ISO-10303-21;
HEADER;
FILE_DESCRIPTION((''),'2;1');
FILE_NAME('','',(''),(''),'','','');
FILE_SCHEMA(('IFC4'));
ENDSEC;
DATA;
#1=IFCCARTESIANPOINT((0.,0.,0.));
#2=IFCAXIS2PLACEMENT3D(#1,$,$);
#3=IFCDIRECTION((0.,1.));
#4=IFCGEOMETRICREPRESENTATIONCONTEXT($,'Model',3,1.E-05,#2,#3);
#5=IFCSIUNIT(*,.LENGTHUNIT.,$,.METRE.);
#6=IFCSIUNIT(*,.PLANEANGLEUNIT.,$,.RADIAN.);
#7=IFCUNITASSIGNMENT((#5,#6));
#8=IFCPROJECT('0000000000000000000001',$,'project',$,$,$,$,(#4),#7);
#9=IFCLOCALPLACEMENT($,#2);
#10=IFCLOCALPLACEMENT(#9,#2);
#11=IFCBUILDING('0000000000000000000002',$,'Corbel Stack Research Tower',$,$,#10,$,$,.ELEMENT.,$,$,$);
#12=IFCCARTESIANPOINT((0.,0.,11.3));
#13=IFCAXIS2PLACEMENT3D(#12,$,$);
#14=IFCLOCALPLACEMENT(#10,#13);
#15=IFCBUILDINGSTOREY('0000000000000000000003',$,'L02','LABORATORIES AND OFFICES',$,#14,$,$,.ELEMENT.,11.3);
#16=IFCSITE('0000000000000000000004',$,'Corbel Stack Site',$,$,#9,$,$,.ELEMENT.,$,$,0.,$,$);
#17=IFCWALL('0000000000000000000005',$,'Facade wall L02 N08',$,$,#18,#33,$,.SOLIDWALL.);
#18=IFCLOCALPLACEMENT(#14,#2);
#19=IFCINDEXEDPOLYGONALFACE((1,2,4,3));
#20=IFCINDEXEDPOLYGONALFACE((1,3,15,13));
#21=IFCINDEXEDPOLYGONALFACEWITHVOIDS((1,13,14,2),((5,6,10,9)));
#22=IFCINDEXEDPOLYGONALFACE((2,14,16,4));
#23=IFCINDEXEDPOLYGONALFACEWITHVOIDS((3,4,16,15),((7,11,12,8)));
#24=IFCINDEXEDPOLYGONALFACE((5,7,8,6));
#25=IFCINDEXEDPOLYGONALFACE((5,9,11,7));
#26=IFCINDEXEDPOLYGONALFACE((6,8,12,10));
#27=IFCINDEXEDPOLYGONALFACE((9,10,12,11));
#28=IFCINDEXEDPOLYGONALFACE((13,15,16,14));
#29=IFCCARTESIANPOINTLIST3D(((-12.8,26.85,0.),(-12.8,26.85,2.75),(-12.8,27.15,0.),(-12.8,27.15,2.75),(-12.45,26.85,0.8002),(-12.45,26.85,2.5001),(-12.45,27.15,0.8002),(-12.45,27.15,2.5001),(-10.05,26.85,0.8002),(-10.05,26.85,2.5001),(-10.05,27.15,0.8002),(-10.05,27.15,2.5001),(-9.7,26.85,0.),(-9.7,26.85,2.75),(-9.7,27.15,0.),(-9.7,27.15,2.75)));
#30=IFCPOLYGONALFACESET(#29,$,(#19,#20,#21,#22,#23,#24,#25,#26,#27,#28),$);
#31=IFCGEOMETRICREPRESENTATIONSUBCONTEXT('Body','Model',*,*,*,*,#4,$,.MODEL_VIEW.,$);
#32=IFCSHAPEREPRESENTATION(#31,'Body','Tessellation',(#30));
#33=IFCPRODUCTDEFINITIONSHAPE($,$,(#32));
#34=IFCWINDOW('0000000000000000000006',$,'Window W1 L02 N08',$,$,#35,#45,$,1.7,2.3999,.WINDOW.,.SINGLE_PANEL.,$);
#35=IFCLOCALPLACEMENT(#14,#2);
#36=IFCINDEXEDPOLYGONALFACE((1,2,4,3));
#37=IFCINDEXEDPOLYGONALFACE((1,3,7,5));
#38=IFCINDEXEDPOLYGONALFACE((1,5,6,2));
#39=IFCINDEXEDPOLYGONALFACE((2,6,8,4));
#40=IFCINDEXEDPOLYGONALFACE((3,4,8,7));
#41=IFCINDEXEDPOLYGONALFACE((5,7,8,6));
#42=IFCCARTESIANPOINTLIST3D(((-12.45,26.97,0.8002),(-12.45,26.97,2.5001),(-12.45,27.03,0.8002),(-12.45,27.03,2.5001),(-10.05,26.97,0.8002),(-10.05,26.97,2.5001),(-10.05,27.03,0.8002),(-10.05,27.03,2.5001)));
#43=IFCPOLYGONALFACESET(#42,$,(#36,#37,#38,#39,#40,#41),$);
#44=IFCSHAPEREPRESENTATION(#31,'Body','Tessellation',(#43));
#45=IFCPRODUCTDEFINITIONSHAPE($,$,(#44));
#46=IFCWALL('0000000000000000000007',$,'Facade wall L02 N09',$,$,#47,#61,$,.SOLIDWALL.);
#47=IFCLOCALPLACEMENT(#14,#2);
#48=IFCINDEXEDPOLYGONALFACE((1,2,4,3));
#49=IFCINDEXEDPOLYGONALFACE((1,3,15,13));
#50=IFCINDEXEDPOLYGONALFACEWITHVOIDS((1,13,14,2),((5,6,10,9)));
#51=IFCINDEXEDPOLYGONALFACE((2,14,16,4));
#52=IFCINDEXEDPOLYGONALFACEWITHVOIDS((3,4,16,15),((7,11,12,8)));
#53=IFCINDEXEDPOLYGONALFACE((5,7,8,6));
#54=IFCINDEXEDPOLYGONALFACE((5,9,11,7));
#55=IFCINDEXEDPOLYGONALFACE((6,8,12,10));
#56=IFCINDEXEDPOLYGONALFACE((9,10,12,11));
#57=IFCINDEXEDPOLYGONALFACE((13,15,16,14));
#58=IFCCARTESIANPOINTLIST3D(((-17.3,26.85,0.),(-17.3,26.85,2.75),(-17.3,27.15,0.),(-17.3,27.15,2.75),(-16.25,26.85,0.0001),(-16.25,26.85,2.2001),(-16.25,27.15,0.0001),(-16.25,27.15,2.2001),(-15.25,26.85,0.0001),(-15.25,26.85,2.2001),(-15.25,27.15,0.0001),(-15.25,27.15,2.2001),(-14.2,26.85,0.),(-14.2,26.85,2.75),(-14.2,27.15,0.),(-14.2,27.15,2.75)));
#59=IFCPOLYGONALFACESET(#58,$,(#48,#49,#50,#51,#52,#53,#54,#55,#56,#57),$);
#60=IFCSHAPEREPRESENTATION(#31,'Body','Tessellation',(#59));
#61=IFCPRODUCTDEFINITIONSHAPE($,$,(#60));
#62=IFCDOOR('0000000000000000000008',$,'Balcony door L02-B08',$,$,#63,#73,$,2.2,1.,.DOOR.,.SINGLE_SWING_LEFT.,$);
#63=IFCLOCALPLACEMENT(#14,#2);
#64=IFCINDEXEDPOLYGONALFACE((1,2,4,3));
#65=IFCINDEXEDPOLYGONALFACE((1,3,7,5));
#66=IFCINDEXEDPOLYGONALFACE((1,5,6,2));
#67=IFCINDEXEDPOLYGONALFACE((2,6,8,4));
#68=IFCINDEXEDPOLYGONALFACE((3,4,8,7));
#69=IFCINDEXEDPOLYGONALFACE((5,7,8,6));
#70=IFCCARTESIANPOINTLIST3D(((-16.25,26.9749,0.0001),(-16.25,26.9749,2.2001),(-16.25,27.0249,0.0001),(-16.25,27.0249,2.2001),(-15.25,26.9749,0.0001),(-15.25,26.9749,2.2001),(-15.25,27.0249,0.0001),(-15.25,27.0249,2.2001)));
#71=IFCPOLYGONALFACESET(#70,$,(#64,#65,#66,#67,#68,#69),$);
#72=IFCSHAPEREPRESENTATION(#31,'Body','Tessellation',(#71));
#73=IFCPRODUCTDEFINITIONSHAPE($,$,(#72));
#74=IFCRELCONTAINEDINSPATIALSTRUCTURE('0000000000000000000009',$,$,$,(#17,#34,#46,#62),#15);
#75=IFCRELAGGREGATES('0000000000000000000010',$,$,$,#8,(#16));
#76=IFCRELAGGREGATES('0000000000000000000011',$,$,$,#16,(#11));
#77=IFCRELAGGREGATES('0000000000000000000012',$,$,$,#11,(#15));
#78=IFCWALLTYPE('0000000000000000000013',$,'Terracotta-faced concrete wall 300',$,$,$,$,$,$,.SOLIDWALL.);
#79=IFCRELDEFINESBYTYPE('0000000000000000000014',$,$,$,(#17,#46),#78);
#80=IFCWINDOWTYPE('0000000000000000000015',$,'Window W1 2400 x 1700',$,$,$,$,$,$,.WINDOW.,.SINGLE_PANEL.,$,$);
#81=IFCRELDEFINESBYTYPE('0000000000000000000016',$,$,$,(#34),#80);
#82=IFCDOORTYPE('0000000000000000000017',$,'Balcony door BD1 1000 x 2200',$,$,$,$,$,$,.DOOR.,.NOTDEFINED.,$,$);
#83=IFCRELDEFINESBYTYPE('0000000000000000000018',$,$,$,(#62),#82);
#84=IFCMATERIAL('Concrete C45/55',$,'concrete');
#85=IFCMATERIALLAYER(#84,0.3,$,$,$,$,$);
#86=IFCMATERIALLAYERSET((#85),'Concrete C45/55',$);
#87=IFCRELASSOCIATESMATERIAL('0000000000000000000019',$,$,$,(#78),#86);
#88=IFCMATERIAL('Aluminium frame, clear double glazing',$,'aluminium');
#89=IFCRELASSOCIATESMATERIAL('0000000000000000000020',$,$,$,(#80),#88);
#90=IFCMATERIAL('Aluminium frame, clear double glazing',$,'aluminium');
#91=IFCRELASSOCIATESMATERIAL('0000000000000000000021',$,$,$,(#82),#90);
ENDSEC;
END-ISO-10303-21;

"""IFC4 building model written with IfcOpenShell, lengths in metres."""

from ifc_helpers import new_model, si_unit, direction, frame, frame_2d, origin, place, context, subcontext, project, spatial, rectangle, extrude, material, layer, layer_set, type_object, element, fill, save


model = new_model("IFC4")

# Units and contexts
model_context = context("Model", 3, precision=1e-05, world=origin(), true_north=direction((0.0, 1.0)))
body_context = subcontext(model_context, "Body", "Model", "MODEL_VIEW")
ifc_project = project(units=[si_unit("LENGTHUNIT", "METRE"), si_unit("PLANEANGLEUNIT", "RADIAN")], contexts=[model_context])

# Site, building, storey
site_placement = place(None, origin())
site = spatial("IfcSite", under=ifc_project, at=site_placement, Name="Corbel Stack Site", CompositionType="ELEMENT", RefElevation=0.0)
building_placement = place(site_placement, origin())
building = spatial("IfcBuilding", under=site, at=building_placement, Name="Corbel Stack Research Tower", CompositionType="ELEMENT")
storey_placement = place(building_placement, frame((0.0, 0.0, 11.3)))
storey = spatial("IfcBuildingStorey", under=building, at=storey_placement, Name="L02", Description="LABORATORIES AND OFFICES", CompositionType="ELEMENT", Elevation=11.3)

# Wall, opening, window
ifc_material_1 = material(Name="Concrete C45/55", Category="concrete")
ifc_layer_1 = layer(ifc_material_1, 0.3)
ifc_layer_set_1 = layer_set([ifc_layer_1], Name="Concrete C45/55")
wall_type_1 = type_object("IfcWallType", Name="Terracotta-faced concrete wall 300", PredefinedType="SOLIDWALL", material=ifc_layer_set_1)
ifc_material_2 = material(Name="Aluminium frame, clear double glazing", Category="aluminium")
window_type = type_object("IfcWindowType", Name="Window W1 2400 x 1700", PartitioningType="SINGLE_PANEL", PredefinedType="WINDOW", material=ifc_material_2)
wall_1_placement = place(storey_placement, frame((-12.8, 27.0, 0.0), z_axis=(0.0, 0.0, 1.0), x_axis=(1.0, 0.0, 0.0)))
wall_1 = element("IfcWall", 1, at=wall_1_placement, inside=storey, type_object=wall_type_1, Name="Facade wall L02 N08", PredefinedType="SOLIDWALL", context=body_context, shape_type="SweptSolid", body=[
    extrude(rectangle(XDim=3.1001, YDim=0.3, at=frame_2d((1.55, 0.0))), origin(), (0.0, 0.0, 1.0), 2.75),
])
opening_1_placement = place(wall_1_placement, frame((0.3501, 0.0, 0.8)))
opening_1 = element("IfcOpeningElement", 2, at=opening_1_placement, cuts=wall_1, PredefinedType="OPENING", context=body_context, shape_type="SweptSolid", body=[
    extrude(rectangle(XDim=2.3999, YDim=1.7, at=frame_2d((1.2, 0.8501))), frame((0.0, 0.1599, 0.0), z_axis=(0.0, -1.0, 0.0), x_axis=(1.0, 0.0, 0.0)), (0.0, 0.0, 1.0), 0.3201),
])
window_1_placement = place(opening_1_placement, origin())
window_1 = element("IfcWindow", 3, at=window_1_placement, inside=storey, type_object=window_type, Name="Window W1 L02 N08", OverallHeight=1.7, OverallWidth=2.3999, PartitioningType="SINGLE_PANEL", PredefinedType="WINDOW", context=body_context, shape_type="SweptSolid", body=[
    extrude(rectangle(XDim=2.3999, YDim=1.7, at=frame_2d((1.2, 0.8501))), frame((0.0, 0.03, 0.0), z_axis=(0.0, -1.0, 0.0), x_axis=(1.0, 0.0, 0.0)), (0.0, 0.0, 1.0), 0.0601),
])
fill(opening_1, window_1)

# Wall, opening, door
wall_2_placement = place(storey_placement, frame((-17.3, 27.0, 0.0), z_axis=(0.0, 0.0, 1.0), x_axis=(1.0, 0.0, 0.0)))
wall_2 = element("IfcWall", 4, at=wall_2_placement, inside=storey, type_object=wall_type_1, Name="Facade wall L02 N09", PredefinedType="SOLIDWALL", context=body_context, shape_type="SweptSolid", body=[
    extrude(rectangle(XDim=3.1001, YDim=0.3, at=frame_2d((1.55, 0.0))), origin(), (0.0, 0.0, 1.0), 2.75),
])
opening_2_placement = place(wall_2_placement, frame((1.05, 0.0, 0.0)))
opening_2 = element("IfcOpeningElement", 5, at=opening_2_placement, cuts=wall_2, PredefinedType="OPENING", context=body_context, shape_type="SweptSolid", body=[
    extrude(rectangle(XDim=1.0, YDim=2.2, at=frame_2d((0.5, 1.1001))), frame((0.0, 0.1599, 0.0), z_axis=(0.0, -1.0, 0.0), x_axis=(1.0, 0.0, 0.0)), (0.0, 0.0, 1.0), 0.3201),
])
ifc_material_3 = material(Name="Aluminium frame, clear double glazing", Category="aluminium")
door_type = type_object("IfcDoorType", Name="Balcony door BD1 1000 x 2200", OperationType="NOTDEFINED", PredefinedType="DOOR", material=ifc_material_3)
door_placement = place(opening_2_placement, origin())
door = element("IfcDoor", 6, at=door_placement, inside=storey, type_object=door_type, Name="Balcony door L02-B08", OperationType="SINGLE_SWING_LEFT", OverallHeight=2.2, OverallWidth=1.0, PredefinedType="DOOR", context=body_context, shape_type="SweptSolid", body=[
    extrude(rectangle(XDim=1.0, YDim=2.2, at=frame_2d((0.5, 1.1001))), frame((0.0, 0.0249, 0.0), z_axis=(0.0, -1.0, 0.0), x_axis=(1.0, 0.0, 0.0)), (0.0, 0.0, 1.0), 0.05),
])
fill(opening_2, door)

save(model, "model.ifc")
